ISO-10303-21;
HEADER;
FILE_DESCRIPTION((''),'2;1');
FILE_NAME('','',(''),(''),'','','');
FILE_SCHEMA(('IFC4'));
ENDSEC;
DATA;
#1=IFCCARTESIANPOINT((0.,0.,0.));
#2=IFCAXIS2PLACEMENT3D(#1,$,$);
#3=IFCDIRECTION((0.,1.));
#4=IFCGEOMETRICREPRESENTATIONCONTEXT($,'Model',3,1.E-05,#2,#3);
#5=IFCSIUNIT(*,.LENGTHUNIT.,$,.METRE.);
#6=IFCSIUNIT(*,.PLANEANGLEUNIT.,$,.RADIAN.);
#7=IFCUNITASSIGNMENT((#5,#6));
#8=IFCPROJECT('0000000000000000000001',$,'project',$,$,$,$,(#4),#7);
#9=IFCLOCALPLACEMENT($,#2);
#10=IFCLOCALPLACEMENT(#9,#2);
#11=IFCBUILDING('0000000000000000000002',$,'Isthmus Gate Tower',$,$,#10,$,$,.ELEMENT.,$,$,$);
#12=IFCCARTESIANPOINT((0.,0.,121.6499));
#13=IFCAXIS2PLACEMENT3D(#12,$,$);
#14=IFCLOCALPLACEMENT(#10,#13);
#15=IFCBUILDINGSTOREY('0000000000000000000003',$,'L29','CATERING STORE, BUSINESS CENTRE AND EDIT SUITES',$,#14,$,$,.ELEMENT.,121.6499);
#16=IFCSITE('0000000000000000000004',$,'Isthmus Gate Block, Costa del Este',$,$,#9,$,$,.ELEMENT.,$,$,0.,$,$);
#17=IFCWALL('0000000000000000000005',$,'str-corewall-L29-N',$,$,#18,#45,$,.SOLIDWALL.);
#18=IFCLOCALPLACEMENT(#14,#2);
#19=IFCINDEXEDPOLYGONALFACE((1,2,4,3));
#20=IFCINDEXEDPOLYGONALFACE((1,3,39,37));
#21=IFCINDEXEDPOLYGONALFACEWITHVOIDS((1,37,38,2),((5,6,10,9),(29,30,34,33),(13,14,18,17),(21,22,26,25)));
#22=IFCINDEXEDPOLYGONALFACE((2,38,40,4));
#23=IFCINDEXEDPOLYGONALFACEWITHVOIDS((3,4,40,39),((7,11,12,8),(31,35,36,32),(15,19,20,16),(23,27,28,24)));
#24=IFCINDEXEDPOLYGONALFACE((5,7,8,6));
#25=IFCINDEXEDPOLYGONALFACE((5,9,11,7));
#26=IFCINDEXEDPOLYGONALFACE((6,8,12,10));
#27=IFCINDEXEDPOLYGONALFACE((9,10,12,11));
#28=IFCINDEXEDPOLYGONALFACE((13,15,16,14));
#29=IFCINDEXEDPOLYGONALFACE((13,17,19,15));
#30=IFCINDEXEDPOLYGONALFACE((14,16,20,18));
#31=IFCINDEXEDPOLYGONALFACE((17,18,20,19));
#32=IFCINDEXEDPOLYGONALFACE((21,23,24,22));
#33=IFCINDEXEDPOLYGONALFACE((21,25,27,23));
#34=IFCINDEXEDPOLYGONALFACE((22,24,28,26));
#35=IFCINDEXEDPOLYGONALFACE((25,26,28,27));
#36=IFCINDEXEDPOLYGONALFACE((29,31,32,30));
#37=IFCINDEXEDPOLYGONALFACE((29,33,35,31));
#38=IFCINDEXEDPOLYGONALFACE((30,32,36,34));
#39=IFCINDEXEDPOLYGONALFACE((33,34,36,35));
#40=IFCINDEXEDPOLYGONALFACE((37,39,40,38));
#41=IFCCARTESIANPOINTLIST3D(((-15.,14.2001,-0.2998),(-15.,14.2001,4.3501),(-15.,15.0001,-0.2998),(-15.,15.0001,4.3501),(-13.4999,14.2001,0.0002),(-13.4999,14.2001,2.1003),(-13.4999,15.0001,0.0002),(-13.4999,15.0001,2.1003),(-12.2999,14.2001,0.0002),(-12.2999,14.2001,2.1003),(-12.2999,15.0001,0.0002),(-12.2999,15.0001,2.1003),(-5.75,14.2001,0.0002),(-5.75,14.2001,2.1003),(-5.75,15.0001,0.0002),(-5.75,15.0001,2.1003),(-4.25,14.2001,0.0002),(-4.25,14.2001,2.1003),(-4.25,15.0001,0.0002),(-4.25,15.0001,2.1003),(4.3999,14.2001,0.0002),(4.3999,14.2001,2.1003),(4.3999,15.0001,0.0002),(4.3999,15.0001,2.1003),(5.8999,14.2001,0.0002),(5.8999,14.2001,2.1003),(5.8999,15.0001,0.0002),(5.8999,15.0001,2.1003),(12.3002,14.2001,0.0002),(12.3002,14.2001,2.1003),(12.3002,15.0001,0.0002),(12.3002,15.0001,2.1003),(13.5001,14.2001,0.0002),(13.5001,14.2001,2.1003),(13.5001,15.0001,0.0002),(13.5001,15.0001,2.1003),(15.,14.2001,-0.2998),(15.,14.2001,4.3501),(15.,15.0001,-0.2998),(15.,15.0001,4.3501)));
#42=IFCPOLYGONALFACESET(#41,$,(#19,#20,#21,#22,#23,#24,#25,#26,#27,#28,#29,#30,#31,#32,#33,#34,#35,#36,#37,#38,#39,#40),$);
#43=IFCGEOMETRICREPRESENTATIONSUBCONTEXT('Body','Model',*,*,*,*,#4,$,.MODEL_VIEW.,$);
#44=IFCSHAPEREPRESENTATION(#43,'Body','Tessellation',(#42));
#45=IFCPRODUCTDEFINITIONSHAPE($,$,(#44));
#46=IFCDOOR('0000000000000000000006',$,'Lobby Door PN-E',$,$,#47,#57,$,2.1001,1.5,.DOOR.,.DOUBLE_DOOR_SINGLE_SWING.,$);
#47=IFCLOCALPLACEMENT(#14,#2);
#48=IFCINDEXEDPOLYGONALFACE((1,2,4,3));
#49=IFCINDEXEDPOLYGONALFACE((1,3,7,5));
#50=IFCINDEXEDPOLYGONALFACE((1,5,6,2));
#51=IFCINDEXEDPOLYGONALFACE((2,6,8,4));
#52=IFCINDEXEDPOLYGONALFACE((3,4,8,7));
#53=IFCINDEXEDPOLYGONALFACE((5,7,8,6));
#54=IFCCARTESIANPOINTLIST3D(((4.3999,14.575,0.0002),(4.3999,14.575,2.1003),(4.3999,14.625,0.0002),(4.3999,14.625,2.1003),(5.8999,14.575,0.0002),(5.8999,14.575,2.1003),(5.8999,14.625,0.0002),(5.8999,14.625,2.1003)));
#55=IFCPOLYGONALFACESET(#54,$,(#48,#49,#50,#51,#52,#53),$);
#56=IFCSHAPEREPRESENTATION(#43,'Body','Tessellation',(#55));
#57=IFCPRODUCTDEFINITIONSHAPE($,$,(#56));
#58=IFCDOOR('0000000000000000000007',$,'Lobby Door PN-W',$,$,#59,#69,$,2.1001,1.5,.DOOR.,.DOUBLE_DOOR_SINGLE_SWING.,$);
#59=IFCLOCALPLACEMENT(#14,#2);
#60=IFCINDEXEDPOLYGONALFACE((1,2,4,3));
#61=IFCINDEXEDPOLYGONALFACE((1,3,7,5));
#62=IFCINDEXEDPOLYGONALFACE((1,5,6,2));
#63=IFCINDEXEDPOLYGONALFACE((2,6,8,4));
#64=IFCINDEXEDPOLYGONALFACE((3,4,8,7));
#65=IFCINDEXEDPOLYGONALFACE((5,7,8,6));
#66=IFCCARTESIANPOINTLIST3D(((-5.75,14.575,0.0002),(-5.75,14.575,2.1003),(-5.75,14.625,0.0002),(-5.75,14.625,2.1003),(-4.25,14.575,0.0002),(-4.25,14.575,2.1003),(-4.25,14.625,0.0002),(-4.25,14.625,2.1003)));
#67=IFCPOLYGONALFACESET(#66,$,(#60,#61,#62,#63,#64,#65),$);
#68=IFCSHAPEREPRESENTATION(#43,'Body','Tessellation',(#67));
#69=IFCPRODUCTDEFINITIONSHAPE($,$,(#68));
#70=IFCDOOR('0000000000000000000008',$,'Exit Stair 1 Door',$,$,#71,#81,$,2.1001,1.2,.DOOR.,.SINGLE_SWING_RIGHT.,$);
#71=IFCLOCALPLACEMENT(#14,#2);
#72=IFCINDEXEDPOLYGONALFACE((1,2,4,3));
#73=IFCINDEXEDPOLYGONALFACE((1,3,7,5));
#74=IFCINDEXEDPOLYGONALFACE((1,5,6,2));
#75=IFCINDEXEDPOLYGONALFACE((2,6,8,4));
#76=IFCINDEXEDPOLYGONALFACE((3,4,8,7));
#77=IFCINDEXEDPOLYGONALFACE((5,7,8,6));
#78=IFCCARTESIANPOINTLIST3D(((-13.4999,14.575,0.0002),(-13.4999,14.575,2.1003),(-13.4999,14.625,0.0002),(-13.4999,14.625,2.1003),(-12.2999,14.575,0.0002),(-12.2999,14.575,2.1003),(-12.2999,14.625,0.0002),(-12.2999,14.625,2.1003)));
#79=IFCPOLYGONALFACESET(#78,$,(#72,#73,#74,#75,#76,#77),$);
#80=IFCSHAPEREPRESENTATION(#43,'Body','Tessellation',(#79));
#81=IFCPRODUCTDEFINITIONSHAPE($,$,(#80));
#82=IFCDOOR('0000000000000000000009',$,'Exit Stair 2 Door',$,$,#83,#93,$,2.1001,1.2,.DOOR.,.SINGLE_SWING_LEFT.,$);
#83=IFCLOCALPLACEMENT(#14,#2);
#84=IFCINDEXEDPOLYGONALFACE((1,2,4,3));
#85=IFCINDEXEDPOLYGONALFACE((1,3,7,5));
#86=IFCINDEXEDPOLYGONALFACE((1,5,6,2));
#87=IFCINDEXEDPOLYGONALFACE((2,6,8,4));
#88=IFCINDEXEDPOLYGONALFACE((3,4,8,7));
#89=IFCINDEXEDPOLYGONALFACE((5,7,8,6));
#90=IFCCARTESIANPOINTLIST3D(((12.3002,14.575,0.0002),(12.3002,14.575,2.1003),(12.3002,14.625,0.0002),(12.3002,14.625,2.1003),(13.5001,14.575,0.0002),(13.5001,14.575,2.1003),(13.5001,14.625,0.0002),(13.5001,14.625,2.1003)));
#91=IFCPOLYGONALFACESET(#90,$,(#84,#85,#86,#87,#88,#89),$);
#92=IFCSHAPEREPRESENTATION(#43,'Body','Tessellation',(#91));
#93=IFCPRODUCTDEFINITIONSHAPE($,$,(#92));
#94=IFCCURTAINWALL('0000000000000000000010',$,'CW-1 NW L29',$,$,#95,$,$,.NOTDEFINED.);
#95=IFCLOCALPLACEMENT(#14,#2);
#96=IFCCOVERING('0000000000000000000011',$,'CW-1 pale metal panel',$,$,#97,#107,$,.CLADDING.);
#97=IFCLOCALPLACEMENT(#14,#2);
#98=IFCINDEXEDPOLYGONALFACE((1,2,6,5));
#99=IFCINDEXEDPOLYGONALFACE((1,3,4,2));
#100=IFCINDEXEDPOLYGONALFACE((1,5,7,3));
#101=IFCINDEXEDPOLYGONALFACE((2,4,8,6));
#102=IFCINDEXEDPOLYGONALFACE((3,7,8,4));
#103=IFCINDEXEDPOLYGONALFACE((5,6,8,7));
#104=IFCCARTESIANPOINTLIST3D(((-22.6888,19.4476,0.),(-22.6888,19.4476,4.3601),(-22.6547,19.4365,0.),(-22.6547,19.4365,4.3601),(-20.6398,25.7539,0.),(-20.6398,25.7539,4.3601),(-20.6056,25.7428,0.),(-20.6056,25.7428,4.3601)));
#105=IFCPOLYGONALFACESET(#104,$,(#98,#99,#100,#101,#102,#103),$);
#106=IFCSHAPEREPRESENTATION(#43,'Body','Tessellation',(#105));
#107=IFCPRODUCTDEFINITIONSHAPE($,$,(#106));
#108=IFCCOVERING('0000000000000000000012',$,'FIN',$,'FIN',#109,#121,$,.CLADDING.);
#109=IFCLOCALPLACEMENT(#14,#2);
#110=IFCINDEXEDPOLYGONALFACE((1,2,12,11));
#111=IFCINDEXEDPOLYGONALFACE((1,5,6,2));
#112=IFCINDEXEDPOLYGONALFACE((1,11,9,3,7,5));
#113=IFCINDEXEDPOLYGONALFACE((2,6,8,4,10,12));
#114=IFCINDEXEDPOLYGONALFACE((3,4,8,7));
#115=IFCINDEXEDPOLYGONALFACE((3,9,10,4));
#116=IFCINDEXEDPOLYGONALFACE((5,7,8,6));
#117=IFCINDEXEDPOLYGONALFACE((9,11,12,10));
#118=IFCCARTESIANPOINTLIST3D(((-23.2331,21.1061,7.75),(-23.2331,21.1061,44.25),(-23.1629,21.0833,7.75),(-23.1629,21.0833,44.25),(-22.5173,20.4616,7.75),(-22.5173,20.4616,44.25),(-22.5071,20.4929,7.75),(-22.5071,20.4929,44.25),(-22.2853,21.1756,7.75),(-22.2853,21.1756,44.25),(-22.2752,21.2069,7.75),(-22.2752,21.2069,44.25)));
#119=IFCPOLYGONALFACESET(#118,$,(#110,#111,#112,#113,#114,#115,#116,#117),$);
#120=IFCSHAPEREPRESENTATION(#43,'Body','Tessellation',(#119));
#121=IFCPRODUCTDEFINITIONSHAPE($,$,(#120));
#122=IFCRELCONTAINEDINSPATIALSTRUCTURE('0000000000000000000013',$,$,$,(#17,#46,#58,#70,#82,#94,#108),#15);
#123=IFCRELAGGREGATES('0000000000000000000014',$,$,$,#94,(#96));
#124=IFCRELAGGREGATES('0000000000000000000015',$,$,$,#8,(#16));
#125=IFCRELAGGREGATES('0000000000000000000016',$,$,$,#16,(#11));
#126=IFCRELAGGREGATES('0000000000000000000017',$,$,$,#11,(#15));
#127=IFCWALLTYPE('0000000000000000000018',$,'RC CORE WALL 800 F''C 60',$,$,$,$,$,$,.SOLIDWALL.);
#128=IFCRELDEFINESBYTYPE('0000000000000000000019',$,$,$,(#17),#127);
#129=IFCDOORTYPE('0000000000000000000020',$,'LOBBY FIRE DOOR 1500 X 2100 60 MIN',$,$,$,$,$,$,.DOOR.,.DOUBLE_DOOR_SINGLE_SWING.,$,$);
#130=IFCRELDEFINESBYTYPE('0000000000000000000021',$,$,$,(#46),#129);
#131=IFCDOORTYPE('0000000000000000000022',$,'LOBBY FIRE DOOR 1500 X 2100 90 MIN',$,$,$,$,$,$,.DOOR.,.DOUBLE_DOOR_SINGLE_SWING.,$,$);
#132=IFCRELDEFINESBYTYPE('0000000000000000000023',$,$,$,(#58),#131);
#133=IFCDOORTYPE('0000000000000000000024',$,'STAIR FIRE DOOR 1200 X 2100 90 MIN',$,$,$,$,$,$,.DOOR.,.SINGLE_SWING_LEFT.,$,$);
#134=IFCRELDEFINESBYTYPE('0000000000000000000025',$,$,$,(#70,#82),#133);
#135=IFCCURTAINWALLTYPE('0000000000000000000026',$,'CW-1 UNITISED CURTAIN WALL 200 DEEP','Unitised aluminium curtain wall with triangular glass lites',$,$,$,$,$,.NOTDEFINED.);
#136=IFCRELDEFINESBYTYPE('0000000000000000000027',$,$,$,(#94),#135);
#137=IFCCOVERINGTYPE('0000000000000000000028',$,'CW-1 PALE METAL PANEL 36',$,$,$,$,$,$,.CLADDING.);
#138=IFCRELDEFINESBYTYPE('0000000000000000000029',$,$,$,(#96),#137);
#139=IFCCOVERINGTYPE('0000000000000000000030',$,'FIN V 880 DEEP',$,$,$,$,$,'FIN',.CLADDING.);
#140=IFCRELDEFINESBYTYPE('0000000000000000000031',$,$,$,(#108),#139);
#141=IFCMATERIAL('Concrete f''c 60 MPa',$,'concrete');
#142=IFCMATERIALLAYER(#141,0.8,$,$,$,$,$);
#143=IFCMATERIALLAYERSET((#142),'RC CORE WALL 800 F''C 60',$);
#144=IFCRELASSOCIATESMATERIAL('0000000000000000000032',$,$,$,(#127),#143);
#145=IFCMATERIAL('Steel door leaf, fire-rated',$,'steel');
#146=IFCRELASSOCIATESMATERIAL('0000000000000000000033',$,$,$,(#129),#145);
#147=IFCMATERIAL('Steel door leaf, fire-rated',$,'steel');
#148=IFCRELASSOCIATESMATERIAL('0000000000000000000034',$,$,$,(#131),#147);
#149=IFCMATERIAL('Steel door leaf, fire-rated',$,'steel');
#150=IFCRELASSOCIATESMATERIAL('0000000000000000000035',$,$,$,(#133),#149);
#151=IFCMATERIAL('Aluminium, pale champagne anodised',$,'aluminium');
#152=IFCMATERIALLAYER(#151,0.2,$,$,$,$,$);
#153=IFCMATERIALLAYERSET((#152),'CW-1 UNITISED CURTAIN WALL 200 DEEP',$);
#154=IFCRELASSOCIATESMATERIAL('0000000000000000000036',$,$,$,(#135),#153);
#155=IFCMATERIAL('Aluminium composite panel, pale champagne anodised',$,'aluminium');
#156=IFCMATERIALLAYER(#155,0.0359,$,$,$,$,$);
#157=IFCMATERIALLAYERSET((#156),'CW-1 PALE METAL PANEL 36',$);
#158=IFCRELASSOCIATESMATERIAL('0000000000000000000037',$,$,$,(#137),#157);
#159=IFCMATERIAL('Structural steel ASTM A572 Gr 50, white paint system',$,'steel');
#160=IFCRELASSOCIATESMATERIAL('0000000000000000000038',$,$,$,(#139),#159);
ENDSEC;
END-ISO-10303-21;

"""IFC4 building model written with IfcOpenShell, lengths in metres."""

from ifc_helpers import new_model, si_unit, direction, frame, frame_2d, origin, origin_2d, place, context, subcontext, project, spatial, polyline, rectangle, outline, extrude, material, layer, layer_set, material_profile, profile_set, type_object, element, fill, aggregate, save


model = new_model("IFC4")

# Units and contexts
model_context = context("Model", 3, precision=1e-05, world=origin(), true_north=direction((0.0, 1.0)))
body_context = subcontext(model_context, "Body", "Model", "MODEL_VIEW")
ifc_project = project(units=[si_unit("LENGTHUNIT", "METRE"), si_unit("PLANEANGLEUNIT", "RADIAN")], contexts=[model_context])

# Site, building, storey
site_placement = place(None, origin())
site = spatial("IfcSite", under=ifc_project, at=site_placement, Name="Isthmus Gate Block, Costa del Este", CompositionType="ELEMENT", RefElevation=0.0)
building_placement = place(site_placement, origin())
building = spatial("IfcBuilding", under=site, at=building_placement, Name="Isthmus Gate Tower", CompositionType="ELEMENT")
storey_placement = place(building_placement, frame((0.0, 0.0, 121.6499)))
storey = spatial("IfcBuildingStorey", under=building, at=storey_placement, Name="L29", Description="CATERING STORE, BUSINESS CENTRE AND EDIT SUITES", CompositionType="ELEMENT", Elevation=121.6499)

# Wall, openings, doors
ifc_material_1 = material(Name="Concrete f'c 60 MPa", Category="concrete")
ifc_layer_1 = layer(ifc_material_1, 0.8)
ifc_layer_set_1 = layer_set([ifc_layer_1], Name="RC CORE WALL 800 F'C 60")
wall_type_1 = type_object("IfcWallType", Name="RC CORE WALL 800 F'C 60", PredefinedType="SOLIDWALL", material=ifc_layer_set_1)
wall_1_placement = place(storey_placement, frame((-15.0, 14.6001, -0.2998), z_axis=(0.0, 0.0, 1.0), x_axis=(1.0, 0.0, 0.0)))
wall_1 = element("IfcWall", 1, at=wall_1_placement, inside=storey, type_object=wall_type_1, Name="str-corewall-L29-N", PredefinedType="SOLIDWALL", context=body_context, shape_type="SweptSolid", body=[
    extrude(rectangle(XDim=30.0, YDim=0.8, at=frame_2d((15.0, 0.0))), origin(), (0.0, 0.0, 1.0), 4.6499),
])
opening_1_placement = place(wall_1_placement, frame((9.25, 0.0, 0.3)))
opening_1 = element("IfcOpeningElement", 2, at=opening_1_placement, cuts=wall_1, PredefinedType="OPENING", context=body_context, shape_type="SweptSolid", body=[
    extrude(rectangle(XDim=1.5, YDim=2.1001, at=frame_2d((0.75, 1.05))), frame((0.0, 0.4099, 0.0), z_axis=(0.0, -1.0, 0.0), x_axis=(1.0, 0.0, 0.0)), (0.0, 0.0, 1.0), 0.8201),
])
opening_2_placement = place(wall_1_placement, frame((19.3999, 0.0, 0.3)))
opening_2 = element("IfcOpeningElement", 3, at=opening_2_placement, cuts=wall_1, PredefinedType="OPENING", context=body_context, shape_type="SweptSolid", body=[
    extrude(rectangle(XDim=1.5, YDim=2.1001, at=frame_2d((0.75, 1.05))), frame((0.0, 0.4099, 0.0), z_axis=(0.0, -1.0, 0.0), x_axis=(1.0, 0.0, 0.0)), (0.0, 0.0, 1.0), 0.8201),
])
opening_3_placement = place(wall_1_placement, frame((1.5, 0.0, 0.3)))
opening_3 = element("IfcOpeningElement", 4, at=opening_3_placement, cuts=wall_1, PredefinedType="OPENING", context=body_context, shape_type="SweptSolid", body=[
    extrude(rectangle(XDim=1.2, YDim=2.1001, at=frame_2d((0.6001, 1.05))), frame((0.0, 0.4099, 0.0), z_axis=(0.0, -1.0, 0.0), x_axis=(1.0, 0.0, 0.0)), (0.0, 0.0, 1.0), 0.8201),
])
opening_4_placement = place(wall_1_placement, frame((27.3, 0.0, 0.3)))
opening_4 = element("IfcOpeningElement", 5, at=opening_4_placement, cuts=wall_1, PredefinedType="OPENING", context=body_context, shape_type="SweptSolid", body=[
    extrude(rectangle(XDim=1.2, YDim=2.1001, at=frame_2d((0.6001, 1.05))), frame((0.0, 0.4099, 0.0), z_axis=(0.0, -1.0, 0.0), x_axis=(1.0, 0.0, 0.0)), (0.0, 0.0, 1.0), 0.8201),
])
ifc_material_2 = material(Name="Steel door leaf, fire-rated", Category="steel")
door_type_1 = type_object("IfcDoorType", Name="LOBBY FIRE DOOR 1500 X 2100 60 MIN", OperationType="DOUBLE_DOOR_SINGLE_SWING", PredefinedType="DOOR", material=ifc_material_2)
door_1_placement = place(opening_2_placement, origin())
door_1 = element("IfcDoor", 6, at=door_1_placement, inside=storey, type_object=door_type_1, Name="Lobby Door PN-E", OperationType="DOUBLE_DOOR_SINGLE_SWING", OverallHeight=2.1001, OverallWidth=1.5, PredefinedType="DOOR", context=body_context, shape_type="SweptSolid", body=[
    extrude(rectangle(XDim=1.5, YDim=2.1001, at=frame_2d((0.75, 1.05))), frame((0.0, 0.0249, 0.0), z_axis=(0.0, -1.0, 0.0), x_axis=(1.0, 0.0, 0.0)), (0.0, 0.0, 1.0), 0.05),
])
fill(opening_2, door_1)
ifc_material_3 = material(Name="Steel door leaf, fire-rated", Category="steel")
door_type_2 = type_object("IfcDoorType", Name="LOBBY FIRE DOOR 1500 X 2100 90 MIN", OperationType="DOUBLE_DOOR_SINGLE_SWING", PredefinedType="DOOR", material=ifc_material_3)
door_2_placement = place(opening_1_placement, origin())
door_2 = element("IfcDoor", 7, at=door_2_placement, inside=storey, type_object=door_type_2, Name="Lobby Door PN-W", OperationType="DOUBLE_DOOR_SINGLE_SWING", OverallHeight=2.1001, OverallWidth=1.5, PredefinedType="DOOR", context=body_context, shape_type="SweptSolid", body=[
    extrude(rectangle(XDim=1.5, YDim=2.1001, at=frame_2d((0.75, 1.05))), frame((0.0, 0.0249, 0.0), z_axis=(0.0, -1.0, 0.0), x_axis=(1.0, 0.0, 0.0)), (0.0, 0.0, 1.0), 0.05),
])
fill(opening_1, door_2)
ifc_material_4 = material(Name="Steel door leaf, fire-rated", Category="steel")
door_type_3 = type_object("IfcDoorType", Name="STAIR FIRE DOOR 1200 X 2100 90 MIN", OperationType="SINGLE_SWING_LEFT", PredefinedType="DOOR", material=ifc_material_4)
door_3_placement = place(opening_3_placement, origin())
door_3 = element("IfcDoor", 8, at=door_3_placement, inside=storey, type_object=door_type_3, Name="Exit Stair 1 Door", OperationType="SINGLE_SWING_RIGHT", OverallHeight=2.1001, OverallWidth=1.2, PredefinedType="DOOR", context=body_context, shape_type="SweptSolid", body=[
    extrude(rectangle(XDim=1.2, YDim=2.1001, at=frame_2d((0.6001, 1.05))), frame((0.0, 0.0249, 0.0), z_axis=(0.0, -1.0, 0.0), x_axis=(1.0, 0.0, 0.0)), (0.0, 0.0, 1.0), 0.05),
])
fill(opening_3, door_3)
door_4_placement = place(opening_4_placement, origin())
door_4 = element("IfcDoor", 9, at=door_4_placement, inside=storey, type_object=door_type_3, Name="Exit Stair 2 Door", OperationType="SINGLE_SWING_LEFT", OverallHeight=2.1001, OverallWidth=1.2, PredefinedType="DOOR", context=body_context, shape_type="SweptSolid", body=[
    extrude(rectangle(XDim=1.2, YDim=2.1001, at=frame_2d((0.6001, 1.05))), frame((0.0, 0.0249, 0.0), z_axis=(0.0, -1.0, 0.0), x_axis=(1.0, 0.0, 0.0)), (0.0, 0.0, 1.0), 0.05),
])
fill(opening_4, door_4)

# Curtain wall, covering
ifc_material_5 = material(Name="Aluminium, pale champagne anodised", Category="aluminium")
ifc_layer_2 = layer(ifc_material_5, 0.2)
ifc_layer_set_2 = layer_set([ifc_layer_2], Name="CW-1 UNITISED CURTAIN WALL 200 DEEP")
curtain_wall_type = type_object("IfcCurtainWallType", Name="CW-1 UNITISED CURTAIN WALL 200 DEEP", Description="Unitised aluminium curtain wall with triangular glass lites", PredefinedType="NOTDEFINED", material=ifc_layer_set_2)
curtain_wall_placement = place(storey_placement, origin())
curtain_wall = element("IfcCurtainWall", 10, at=curtain_wall_placement, inside=storey, type_object=curtain_wall_type, Name="CW-1 NW L29", PredefinedType="NOTDEFINED")
ifc_material_6 = material(Name="Aluminium composite panel, pale champagne anodised", Category="aluminium")
ifc_layer_3 = layer(ifc_material_6, 0.0359)
ifc_layer_set_3 = layer_set([ifc_layer_3], Name="CW-1 PALE METAL PANEL 36")
covering_type_1 = type_object("IfcCoveringType", Name="CW-1 PALE METAL PANEL 36", PredefinedType="CLADDING", material=ifc_layer_set_3)
covering_placement = place(storey_placement, frame((-21.6472, 22.5952, 0.0), z_axis=(0.0, 0.0, 1.0), x_axis=(-0.309017, -0.951057, 0.0)))
covering = element("IfcCovering", 11, at=covering_placement, type_object=covering_type_1, Name="CW-1 pale metal panel", PredefinedType="CLADDING", context=body_context, shape_type="SweptSolid", body=[
    extrude(rectangle(XDim=6.6309, YDim=0.0359, at=origin_2d()), origin(), (0.0, 0.0, 1.0), 4.3601),
])
aggregate(curtain_wall, [covering])

# Covering
ifc_material_7 = material(Name="Structural steel ASTM A572 Gr 50, white paint system", Category="steel")
ifc_material_profile_1 = material_profile(ifc_material_7, outline(polyline([(0.0, -0.3918), (0.8799, 0.0), (0.0, 0.3918), (0.0, 0.3589), (0.8062, 0.0), (0.0, -0.3589), (0.0, -0.3918)])), Name="V880")
ifc_profile_set_1 = profile_set([ifc_material_profile_1], Name="Structural steel ASTM A572 Gr 50, white paint system")
covering_type_2 = type_object("IfcCoveringType", Name="FIN V 880 DEEP", ElementType="FIN", PredefinedType="CLADDING", material=ifc_profile_set_1)
for number, where, z_axis, x_axis, name in (
    (12, (-22.3962, 20.8342, 7.75), (0.0, 0.0, 1.0), (-0.951057, 0.309017, 0.0), "FIN"),
):
    element("IfcCovering", number, at=place(storey_placement, frame(where, z_axis=z_axis, x_axis=x_axis)), inside=storey, type_object=covering_type_2, Name=name, ObjectType="FIN", PredefinedType="CLADDING", context=body_context, shape_type="SweptSolid", body=[
        extrude(outline(polyline([(0.0, -0.3918), (0.8799, 0.0), (0.0, 0.3918), (0.0, 0.3589), (0.8062, 0.0), (0.0, -0.3589), (0.0, -0.3918)])), origin(), (0.0, 0.0, 1.0), 36.5),
    ])

save(model, "model.ifc")
